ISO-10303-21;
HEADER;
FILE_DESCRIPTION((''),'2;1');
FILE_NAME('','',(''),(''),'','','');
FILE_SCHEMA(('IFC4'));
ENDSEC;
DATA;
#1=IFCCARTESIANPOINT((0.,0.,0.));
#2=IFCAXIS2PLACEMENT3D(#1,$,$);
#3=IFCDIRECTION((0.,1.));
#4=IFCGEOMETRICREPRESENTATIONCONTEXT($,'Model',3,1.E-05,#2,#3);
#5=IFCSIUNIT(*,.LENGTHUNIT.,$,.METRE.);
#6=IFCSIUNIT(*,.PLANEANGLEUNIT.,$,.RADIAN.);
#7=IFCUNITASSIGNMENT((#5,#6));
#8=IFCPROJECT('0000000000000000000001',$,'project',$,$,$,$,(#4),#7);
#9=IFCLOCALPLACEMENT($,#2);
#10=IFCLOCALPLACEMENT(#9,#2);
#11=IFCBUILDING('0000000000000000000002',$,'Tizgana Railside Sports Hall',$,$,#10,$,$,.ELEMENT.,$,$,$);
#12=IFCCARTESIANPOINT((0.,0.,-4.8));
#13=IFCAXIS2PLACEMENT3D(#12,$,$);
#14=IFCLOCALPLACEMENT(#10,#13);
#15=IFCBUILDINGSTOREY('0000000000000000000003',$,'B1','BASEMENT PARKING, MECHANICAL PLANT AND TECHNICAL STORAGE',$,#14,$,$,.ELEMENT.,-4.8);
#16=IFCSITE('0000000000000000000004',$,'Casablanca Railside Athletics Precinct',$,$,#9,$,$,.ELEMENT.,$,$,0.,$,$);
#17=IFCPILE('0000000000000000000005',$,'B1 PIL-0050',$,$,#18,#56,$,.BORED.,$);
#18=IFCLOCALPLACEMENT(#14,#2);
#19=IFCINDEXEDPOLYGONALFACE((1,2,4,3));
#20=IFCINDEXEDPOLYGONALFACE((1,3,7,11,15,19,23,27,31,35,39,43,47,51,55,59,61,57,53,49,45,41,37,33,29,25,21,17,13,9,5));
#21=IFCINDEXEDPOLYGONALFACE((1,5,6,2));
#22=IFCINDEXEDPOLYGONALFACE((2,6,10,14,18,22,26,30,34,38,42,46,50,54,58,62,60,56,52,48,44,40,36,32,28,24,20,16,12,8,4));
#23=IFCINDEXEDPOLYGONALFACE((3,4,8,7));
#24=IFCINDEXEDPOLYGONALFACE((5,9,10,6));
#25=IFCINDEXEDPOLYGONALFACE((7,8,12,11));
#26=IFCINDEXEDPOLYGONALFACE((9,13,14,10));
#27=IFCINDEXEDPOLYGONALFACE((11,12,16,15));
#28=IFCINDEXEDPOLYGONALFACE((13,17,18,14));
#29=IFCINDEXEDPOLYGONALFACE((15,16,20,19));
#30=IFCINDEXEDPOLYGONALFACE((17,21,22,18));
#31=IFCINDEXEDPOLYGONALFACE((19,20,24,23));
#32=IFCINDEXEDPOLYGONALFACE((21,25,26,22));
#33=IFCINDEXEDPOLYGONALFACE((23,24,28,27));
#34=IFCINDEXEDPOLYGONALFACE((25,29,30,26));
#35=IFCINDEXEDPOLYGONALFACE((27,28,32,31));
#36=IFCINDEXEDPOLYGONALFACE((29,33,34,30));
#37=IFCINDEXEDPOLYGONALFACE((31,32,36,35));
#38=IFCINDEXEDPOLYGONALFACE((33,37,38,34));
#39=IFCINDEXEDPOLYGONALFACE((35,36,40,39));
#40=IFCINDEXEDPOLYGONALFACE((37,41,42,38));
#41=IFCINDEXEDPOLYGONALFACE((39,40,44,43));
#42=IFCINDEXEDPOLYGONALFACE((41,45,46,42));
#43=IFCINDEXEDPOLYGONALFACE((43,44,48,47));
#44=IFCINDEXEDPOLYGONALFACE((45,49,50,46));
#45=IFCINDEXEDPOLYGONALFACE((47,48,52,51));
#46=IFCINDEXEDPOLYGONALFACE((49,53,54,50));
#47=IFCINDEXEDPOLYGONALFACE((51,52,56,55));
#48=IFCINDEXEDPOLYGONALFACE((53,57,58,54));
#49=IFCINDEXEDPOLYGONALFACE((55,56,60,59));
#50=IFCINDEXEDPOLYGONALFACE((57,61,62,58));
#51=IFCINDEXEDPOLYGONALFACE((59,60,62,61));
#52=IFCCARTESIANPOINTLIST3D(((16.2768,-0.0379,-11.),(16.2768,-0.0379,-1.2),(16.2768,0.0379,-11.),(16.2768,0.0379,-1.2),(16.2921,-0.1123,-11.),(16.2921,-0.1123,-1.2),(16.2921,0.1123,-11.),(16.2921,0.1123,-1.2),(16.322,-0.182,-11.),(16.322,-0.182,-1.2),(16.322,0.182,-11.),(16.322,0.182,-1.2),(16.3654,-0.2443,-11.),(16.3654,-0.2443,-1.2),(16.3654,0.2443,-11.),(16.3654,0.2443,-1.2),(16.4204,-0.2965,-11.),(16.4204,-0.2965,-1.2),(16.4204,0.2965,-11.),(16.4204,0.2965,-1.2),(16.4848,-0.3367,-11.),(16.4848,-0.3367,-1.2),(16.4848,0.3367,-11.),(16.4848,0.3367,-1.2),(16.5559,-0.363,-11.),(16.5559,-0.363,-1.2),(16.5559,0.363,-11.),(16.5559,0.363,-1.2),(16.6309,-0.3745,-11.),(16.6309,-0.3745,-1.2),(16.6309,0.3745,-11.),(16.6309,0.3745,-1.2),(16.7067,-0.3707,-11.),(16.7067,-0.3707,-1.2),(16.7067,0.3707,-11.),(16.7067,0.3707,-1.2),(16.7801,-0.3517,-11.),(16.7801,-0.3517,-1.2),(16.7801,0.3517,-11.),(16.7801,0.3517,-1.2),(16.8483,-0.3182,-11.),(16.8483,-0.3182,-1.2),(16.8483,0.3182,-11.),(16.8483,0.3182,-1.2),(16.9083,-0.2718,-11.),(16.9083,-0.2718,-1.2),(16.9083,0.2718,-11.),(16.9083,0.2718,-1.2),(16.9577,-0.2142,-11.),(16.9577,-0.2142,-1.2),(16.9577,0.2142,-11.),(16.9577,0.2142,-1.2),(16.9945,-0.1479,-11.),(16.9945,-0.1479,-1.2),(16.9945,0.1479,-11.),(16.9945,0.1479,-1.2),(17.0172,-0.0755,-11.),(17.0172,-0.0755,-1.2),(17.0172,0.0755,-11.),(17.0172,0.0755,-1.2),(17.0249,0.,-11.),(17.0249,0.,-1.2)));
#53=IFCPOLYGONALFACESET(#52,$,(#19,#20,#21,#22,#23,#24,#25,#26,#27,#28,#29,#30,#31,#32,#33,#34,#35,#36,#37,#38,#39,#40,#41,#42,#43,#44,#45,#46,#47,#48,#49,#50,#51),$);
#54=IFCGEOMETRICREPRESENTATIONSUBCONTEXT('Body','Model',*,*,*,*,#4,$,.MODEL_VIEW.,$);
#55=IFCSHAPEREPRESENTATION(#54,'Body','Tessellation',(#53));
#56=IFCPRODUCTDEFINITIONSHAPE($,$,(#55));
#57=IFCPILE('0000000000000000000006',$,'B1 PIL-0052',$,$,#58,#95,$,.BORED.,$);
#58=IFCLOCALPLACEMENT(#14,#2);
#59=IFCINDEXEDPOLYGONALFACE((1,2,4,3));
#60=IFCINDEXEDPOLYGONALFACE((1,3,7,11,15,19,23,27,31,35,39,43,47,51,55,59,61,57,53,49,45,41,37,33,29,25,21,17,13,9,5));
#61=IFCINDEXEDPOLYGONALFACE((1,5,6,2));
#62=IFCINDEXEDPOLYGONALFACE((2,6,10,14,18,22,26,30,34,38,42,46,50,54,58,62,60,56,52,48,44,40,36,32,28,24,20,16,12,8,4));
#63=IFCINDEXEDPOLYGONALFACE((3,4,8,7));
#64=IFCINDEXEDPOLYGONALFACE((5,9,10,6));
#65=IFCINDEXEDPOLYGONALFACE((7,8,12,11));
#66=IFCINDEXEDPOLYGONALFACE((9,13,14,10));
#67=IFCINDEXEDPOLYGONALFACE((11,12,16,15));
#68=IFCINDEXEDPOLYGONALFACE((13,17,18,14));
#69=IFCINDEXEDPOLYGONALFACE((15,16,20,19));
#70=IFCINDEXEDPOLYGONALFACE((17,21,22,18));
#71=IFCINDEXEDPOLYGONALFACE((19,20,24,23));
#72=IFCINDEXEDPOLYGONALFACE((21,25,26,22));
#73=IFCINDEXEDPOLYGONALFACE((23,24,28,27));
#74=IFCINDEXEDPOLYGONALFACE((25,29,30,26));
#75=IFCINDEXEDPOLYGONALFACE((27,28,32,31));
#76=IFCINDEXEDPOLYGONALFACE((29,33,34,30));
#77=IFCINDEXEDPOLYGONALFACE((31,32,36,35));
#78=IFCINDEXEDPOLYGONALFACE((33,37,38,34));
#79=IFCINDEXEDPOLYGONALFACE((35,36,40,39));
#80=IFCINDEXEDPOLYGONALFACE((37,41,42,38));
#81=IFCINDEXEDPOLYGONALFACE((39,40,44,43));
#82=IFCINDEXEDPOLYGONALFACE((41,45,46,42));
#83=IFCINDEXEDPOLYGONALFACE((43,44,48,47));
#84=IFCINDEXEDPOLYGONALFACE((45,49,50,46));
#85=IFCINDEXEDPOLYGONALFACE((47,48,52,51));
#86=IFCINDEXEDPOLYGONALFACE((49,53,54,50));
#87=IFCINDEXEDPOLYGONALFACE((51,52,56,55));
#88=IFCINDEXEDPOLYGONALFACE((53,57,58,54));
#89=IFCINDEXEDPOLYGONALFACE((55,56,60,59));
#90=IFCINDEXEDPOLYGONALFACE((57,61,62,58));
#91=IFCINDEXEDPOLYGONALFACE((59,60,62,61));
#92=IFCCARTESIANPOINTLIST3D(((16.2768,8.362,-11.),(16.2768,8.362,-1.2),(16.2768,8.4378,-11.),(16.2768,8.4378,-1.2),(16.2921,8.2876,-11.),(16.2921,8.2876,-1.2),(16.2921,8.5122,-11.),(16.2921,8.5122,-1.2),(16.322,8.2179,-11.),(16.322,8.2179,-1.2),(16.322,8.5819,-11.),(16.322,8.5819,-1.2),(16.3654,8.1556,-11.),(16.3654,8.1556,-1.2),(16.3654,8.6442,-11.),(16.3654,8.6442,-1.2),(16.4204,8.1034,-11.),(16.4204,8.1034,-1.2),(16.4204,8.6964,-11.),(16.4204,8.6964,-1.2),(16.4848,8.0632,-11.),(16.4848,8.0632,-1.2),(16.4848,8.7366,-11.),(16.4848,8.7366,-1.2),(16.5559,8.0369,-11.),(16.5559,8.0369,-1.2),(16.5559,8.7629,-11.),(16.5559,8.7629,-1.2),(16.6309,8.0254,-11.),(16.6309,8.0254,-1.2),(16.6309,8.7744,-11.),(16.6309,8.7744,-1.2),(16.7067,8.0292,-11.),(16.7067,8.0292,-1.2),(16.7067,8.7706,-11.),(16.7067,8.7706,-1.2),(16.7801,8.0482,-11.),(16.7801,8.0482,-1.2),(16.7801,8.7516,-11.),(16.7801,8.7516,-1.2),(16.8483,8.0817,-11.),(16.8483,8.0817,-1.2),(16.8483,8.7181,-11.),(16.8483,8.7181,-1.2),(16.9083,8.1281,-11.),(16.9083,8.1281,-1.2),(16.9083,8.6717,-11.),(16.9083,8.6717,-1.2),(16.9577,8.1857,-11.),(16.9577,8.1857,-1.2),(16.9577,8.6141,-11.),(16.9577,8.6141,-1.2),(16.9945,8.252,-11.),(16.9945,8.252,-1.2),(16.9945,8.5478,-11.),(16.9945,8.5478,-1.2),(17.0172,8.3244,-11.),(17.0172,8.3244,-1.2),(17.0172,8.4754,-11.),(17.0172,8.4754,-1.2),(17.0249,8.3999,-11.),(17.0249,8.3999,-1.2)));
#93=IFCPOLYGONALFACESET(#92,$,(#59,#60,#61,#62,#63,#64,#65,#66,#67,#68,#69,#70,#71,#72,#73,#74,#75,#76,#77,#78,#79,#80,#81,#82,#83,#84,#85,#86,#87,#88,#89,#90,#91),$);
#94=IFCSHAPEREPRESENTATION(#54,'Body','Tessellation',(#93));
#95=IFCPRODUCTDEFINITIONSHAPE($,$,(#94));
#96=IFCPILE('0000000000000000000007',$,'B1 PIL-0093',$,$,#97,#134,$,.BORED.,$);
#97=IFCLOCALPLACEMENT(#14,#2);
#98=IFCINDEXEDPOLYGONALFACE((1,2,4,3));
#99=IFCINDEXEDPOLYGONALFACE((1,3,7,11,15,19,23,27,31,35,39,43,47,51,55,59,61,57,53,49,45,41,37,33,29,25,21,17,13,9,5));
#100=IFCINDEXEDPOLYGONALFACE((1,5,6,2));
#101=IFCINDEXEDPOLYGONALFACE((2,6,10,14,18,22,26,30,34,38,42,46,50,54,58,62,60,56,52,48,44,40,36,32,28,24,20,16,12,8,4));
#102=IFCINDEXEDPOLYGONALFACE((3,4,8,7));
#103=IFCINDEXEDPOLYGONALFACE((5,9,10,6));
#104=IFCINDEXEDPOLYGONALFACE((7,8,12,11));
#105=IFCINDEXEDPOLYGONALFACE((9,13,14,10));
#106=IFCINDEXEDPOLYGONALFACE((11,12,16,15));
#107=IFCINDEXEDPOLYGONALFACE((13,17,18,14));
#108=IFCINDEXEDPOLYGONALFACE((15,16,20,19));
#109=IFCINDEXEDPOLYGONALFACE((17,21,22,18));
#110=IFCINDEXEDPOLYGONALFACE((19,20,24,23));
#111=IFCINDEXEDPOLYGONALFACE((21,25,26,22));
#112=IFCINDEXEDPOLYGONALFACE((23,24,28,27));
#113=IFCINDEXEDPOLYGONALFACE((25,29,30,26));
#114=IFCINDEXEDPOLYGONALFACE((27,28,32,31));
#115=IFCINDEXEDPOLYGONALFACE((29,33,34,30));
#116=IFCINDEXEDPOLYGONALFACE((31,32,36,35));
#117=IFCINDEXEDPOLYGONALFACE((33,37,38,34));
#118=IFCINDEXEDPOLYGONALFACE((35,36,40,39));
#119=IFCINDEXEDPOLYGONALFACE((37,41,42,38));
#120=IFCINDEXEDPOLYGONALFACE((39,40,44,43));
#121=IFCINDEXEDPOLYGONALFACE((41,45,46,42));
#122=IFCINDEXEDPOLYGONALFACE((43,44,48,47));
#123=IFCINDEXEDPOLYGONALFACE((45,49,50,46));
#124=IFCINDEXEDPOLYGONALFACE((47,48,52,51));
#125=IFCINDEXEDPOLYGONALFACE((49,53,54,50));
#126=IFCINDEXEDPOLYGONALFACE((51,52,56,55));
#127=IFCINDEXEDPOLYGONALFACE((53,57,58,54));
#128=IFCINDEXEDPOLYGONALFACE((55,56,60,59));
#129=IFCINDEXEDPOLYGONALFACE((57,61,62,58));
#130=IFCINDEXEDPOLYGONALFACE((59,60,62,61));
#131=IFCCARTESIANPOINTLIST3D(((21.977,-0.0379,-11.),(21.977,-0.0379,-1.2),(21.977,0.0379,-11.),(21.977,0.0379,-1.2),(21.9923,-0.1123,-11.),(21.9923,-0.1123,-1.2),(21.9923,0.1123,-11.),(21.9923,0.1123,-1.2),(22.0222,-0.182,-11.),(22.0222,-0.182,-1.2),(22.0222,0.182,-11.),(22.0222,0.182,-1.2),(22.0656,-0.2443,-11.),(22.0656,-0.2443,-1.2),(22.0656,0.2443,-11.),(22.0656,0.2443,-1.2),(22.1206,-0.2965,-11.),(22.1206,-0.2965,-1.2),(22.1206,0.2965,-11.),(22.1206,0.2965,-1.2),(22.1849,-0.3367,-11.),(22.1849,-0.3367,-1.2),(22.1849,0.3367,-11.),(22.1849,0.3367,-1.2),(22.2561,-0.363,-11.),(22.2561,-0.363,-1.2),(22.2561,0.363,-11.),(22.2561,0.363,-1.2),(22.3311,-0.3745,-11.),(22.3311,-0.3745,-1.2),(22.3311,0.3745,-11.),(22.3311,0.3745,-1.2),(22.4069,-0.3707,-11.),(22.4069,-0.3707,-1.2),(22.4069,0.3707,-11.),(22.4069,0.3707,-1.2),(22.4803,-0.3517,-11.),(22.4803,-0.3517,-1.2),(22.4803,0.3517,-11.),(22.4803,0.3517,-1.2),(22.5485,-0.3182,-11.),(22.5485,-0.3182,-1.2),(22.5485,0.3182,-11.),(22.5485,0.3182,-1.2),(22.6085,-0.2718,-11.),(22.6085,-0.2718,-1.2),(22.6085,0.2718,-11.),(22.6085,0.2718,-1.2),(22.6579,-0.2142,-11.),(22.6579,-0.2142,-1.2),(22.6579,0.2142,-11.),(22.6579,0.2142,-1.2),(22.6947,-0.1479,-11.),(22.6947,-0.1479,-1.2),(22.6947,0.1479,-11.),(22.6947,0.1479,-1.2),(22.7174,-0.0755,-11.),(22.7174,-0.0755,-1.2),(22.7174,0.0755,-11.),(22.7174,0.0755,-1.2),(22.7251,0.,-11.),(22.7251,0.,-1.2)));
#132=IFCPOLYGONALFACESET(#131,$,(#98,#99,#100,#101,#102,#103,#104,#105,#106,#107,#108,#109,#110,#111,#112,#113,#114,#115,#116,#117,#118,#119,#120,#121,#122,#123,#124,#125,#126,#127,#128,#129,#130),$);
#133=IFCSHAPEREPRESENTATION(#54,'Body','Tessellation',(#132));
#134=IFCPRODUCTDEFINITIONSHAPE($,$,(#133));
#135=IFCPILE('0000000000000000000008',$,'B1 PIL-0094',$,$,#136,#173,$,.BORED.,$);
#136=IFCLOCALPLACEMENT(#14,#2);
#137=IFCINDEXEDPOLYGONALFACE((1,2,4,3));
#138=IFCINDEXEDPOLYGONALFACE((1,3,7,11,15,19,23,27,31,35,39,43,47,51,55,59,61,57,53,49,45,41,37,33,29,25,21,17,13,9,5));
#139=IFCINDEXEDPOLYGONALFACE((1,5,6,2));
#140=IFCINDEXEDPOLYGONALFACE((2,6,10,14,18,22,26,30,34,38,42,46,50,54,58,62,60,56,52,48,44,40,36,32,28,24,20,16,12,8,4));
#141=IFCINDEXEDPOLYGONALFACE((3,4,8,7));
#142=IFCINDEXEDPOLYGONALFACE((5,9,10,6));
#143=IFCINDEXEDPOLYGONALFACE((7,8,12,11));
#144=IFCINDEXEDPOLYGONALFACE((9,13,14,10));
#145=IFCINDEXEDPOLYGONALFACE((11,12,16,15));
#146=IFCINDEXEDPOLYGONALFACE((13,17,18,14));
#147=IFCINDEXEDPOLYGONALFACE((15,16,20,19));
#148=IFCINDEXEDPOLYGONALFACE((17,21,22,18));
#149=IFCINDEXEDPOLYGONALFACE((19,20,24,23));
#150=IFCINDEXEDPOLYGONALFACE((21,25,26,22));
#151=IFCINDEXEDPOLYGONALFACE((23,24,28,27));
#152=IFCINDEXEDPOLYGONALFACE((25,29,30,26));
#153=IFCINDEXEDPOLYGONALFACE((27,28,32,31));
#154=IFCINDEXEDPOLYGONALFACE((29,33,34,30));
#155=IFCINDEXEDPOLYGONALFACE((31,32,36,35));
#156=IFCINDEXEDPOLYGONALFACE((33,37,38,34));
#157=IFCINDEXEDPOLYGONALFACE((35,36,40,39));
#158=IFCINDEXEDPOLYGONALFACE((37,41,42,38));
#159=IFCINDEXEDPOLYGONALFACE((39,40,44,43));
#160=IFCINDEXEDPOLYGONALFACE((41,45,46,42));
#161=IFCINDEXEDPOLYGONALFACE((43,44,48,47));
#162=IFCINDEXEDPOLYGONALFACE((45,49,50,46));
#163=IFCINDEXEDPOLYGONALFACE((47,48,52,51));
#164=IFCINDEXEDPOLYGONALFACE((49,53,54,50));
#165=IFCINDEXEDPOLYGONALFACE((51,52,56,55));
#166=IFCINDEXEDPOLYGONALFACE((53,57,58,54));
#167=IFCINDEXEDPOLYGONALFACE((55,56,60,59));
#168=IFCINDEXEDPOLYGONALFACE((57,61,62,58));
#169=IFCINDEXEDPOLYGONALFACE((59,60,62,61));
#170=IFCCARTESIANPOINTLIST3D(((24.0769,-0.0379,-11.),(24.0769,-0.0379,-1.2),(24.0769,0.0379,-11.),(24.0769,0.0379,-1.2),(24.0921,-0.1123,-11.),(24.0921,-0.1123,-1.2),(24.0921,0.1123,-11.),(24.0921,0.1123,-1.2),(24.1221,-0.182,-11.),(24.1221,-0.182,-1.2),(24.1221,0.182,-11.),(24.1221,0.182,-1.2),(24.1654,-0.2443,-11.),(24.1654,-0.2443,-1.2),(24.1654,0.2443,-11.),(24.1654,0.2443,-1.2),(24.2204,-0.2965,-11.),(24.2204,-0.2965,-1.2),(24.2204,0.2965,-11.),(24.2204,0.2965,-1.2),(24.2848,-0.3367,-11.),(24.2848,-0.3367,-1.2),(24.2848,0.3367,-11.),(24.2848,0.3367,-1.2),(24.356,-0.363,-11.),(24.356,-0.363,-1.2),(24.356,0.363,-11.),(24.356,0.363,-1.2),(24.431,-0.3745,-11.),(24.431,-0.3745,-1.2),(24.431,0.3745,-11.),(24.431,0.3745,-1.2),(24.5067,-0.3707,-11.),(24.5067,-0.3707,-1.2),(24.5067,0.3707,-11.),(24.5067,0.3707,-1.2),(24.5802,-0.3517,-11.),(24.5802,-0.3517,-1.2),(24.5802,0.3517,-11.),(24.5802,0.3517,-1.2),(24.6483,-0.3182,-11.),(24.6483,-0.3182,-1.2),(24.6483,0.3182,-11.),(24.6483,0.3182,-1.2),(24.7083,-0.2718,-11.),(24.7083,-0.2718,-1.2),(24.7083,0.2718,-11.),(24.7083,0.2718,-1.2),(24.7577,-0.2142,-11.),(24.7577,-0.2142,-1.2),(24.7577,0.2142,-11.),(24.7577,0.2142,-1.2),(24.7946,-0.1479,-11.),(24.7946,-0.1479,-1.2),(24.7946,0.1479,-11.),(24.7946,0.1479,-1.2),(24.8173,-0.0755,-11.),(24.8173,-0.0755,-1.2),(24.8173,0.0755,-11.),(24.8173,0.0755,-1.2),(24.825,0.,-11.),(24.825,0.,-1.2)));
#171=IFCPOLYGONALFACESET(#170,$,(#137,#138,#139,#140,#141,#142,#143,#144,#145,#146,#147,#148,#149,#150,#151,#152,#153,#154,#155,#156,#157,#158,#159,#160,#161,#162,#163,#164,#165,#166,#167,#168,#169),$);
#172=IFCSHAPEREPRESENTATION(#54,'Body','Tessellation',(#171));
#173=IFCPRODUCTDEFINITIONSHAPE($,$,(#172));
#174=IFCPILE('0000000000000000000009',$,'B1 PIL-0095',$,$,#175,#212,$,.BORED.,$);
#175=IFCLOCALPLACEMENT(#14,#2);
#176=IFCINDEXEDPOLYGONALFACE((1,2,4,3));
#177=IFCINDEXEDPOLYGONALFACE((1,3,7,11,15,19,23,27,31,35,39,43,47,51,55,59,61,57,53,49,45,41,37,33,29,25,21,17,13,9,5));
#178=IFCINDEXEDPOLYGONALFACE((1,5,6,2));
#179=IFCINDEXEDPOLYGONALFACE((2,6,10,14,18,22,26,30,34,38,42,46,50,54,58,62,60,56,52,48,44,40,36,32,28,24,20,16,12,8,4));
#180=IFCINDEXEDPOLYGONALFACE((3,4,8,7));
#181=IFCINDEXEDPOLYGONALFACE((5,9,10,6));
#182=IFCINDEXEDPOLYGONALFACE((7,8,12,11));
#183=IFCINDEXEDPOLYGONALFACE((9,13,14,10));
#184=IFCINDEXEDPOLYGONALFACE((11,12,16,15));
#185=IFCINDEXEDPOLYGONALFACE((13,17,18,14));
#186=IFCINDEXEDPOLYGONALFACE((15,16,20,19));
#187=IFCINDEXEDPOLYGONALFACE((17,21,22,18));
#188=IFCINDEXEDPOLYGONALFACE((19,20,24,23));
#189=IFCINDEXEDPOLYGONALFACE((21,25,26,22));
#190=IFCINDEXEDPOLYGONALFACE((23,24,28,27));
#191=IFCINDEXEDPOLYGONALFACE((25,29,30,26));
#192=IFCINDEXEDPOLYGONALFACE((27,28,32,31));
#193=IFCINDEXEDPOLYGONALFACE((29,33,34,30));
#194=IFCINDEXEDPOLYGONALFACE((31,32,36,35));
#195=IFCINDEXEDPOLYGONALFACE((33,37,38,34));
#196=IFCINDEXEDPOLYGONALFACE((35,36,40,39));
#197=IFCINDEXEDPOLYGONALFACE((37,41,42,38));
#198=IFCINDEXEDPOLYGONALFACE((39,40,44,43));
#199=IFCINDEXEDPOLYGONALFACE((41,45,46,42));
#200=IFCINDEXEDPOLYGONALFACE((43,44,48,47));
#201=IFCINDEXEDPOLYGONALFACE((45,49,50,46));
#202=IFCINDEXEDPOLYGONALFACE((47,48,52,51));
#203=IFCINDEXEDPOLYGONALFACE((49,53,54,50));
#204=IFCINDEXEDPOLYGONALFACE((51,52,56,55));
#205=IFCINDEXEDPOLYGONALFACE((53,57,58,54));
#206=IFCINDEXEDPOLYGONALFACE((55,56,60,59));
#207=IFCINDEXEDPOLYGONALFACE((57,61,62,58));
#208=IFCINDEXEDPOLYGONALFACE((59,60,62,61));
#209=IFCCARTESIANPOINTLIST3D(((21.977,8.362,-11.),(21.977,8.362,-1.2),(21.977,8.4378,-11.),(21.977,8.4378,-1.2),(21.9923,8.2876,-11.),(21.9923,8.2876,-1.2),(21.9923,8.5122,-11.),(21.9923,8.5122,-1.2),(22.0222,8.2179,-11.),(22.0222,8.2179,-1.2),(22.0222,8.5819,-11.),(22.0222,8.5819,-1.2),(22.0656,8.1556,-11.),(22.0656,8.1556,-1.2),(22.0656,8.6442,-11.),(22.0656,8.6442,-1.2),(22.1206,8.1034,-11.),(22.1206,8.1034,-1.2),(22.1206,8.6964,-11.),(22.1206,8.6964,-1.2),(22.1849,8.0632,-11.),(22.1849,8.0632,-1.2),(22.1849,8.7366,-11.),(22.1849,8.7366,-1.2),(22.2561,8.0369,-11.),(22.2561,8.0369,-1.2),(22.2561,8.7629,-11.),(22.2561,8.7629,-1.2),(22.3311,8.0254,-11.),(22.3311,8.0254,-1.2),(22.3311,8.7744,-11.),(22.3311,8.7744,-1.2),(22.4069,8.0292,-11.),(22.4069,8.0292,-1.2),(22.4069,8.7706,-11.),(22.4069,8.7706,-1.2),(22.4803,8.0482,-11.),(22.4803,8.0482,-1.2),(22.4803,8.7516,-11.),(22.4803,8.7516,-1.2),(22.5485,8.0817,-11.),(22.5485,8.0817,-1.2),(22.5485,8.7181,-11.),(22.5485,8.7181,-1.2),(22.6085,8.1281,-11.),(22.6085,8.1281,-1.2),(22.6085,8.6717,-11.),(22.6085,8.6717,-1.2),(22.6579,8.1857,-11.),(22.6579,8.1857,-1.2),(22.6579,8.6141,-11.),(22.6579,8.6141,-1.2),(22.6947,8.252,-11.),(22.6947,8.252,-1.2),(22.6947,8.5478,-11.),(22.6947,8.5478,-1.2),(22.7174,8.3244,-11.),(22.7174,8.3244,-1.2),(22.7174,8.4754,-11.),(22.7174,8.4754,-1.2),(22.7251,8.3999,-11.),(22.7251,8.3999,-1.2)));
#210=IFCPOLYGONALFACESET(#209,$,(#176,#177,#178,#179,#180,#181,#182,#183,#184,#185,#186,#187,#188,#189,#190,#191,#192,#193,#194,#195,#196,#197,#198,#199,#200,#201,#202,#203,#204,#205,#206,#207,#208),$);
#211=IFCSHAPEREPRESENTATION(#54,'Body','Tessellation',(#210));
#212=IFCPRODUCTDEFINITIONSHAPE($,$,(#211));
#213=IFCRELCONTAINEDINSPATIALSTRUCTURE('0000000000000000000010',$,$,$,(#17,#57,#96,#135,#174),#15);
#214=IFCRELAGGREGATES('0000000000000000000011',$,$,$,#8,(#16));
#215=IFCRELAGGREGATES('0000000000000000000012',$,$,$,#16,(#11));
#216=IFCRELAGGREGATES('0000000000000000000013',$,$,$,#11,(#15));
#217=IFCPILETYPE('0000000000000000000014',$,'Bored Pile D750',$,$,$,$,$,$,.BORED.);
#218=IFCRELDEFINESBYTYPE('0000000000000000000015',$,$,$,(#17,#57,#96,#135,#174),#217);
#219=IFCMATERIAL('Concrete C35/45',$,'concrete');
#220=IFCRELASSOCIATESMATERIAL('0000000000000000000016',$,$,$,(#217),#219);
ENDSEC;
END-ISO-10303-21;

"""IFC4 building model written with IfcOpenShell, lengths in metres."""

from ifc_helpers import new_model, si_unit, direction, frame, origin, origin_2d, place, context, subcontext, project, spatial, circle, extrude, material, material_profile, profile_set, type_object, element, save


model = new_model("IFC4")

# Units and contexts
model_context = context("Model", 3, precision=1e-05, world=origin(), true_north=direction((0.0, 1.0)))
body_context = subcontext(model_context, "Body", "Model", "MODEL_VIEW")
ifc_project = project(units=[si_unit("LENGTHUNIT", "METRE"), si_unit("PLANEANGLEUNIT", "RADIAN")], contexts=[model_context])

# Site, building, storey
site_placement = place(None, origin())
site = spatial("IfcSite", under=ifc_project, at=site_placement, Name="Casablanca Railside Athletics Precinct", CompositionType="ELEMENT", RefElevation=0.0)
building_placement = place(site_placement, origin())
building = spatial("IfcBuilding", under=site, at=building_placement, Name="Tizgana Railside Sports Hall", CompositionType="ELEMENT")
storey_placement = place(building_placement, frame((0.0, 0.0, -4.8)))
storey = spatial("IfcBuildingStorey", under=building, at=storey_placement, Name="B1", Description="BASEMENT PARKING, MECHANICAL PLANT AND TECHNICAL STORAGE", CompositionType="ELEMENT", Elevation=-4.8)

# Piles
ifc_material_1 = material(Name="Concrete C35/45", Category="concrete")
ifc_material_profile_1 = material_profile(ifc_material_1, circle(Radius=0.375, at=origin_2d()), Name="PILE D750")
ifc_profile_set_1 = profile_set([ifc_material_profile_1], Name="Concrete C35/45")
pile_type = type_object("IfcPileType", Name="Bored Pile D750", PredefinedType="BORED", material=ifc_profile_set_1)
for number, where, z_axis, x_axis, name in (
    (1, (16.6499, 0.0, -1.2), (0.0, 0.0, -1.0), (1.0, 0.0, 0.0), "B1 PIL-0050"),
    (2, (16.6499, 8.3999, -1.2), (0.0, 0.0, -1.0), (1.0, 0.0, 0.0), "B1 PIL-0052"),
    (3, (22.3501, 0.0, -1.2), (0.0, 0.0, -1.0), (1.0, 0.0, 0.0), "B1 PIL-0093"),
    (4, (24.45, 0.0, -1.2), (0.0, 0.0, -1.0), (1.0, 0.0, 0.0), "B1 PIL-0094"),
    (5, (22.3501, 8.3999, -1.2), (0.0, 0.0, -1.0), (1.0, 0.0, 0.0), "B1 PIL-0095"),
):
    element("IfcPile", number, at=place(storey_placement, frame(where, z_axis=z_axis, x_axis=x_axis)), inside=storey, type_object=pile_type, Name=name, PredefinedType="BORED", context=body_context, shape_type="SweptSolid", body=[
        extrude(circle(Radius=0.375, at=origin_2d()), origin(), (0.0, 0.0, 1.0), 9.8),
    ])

save(model, "model.ifc")
